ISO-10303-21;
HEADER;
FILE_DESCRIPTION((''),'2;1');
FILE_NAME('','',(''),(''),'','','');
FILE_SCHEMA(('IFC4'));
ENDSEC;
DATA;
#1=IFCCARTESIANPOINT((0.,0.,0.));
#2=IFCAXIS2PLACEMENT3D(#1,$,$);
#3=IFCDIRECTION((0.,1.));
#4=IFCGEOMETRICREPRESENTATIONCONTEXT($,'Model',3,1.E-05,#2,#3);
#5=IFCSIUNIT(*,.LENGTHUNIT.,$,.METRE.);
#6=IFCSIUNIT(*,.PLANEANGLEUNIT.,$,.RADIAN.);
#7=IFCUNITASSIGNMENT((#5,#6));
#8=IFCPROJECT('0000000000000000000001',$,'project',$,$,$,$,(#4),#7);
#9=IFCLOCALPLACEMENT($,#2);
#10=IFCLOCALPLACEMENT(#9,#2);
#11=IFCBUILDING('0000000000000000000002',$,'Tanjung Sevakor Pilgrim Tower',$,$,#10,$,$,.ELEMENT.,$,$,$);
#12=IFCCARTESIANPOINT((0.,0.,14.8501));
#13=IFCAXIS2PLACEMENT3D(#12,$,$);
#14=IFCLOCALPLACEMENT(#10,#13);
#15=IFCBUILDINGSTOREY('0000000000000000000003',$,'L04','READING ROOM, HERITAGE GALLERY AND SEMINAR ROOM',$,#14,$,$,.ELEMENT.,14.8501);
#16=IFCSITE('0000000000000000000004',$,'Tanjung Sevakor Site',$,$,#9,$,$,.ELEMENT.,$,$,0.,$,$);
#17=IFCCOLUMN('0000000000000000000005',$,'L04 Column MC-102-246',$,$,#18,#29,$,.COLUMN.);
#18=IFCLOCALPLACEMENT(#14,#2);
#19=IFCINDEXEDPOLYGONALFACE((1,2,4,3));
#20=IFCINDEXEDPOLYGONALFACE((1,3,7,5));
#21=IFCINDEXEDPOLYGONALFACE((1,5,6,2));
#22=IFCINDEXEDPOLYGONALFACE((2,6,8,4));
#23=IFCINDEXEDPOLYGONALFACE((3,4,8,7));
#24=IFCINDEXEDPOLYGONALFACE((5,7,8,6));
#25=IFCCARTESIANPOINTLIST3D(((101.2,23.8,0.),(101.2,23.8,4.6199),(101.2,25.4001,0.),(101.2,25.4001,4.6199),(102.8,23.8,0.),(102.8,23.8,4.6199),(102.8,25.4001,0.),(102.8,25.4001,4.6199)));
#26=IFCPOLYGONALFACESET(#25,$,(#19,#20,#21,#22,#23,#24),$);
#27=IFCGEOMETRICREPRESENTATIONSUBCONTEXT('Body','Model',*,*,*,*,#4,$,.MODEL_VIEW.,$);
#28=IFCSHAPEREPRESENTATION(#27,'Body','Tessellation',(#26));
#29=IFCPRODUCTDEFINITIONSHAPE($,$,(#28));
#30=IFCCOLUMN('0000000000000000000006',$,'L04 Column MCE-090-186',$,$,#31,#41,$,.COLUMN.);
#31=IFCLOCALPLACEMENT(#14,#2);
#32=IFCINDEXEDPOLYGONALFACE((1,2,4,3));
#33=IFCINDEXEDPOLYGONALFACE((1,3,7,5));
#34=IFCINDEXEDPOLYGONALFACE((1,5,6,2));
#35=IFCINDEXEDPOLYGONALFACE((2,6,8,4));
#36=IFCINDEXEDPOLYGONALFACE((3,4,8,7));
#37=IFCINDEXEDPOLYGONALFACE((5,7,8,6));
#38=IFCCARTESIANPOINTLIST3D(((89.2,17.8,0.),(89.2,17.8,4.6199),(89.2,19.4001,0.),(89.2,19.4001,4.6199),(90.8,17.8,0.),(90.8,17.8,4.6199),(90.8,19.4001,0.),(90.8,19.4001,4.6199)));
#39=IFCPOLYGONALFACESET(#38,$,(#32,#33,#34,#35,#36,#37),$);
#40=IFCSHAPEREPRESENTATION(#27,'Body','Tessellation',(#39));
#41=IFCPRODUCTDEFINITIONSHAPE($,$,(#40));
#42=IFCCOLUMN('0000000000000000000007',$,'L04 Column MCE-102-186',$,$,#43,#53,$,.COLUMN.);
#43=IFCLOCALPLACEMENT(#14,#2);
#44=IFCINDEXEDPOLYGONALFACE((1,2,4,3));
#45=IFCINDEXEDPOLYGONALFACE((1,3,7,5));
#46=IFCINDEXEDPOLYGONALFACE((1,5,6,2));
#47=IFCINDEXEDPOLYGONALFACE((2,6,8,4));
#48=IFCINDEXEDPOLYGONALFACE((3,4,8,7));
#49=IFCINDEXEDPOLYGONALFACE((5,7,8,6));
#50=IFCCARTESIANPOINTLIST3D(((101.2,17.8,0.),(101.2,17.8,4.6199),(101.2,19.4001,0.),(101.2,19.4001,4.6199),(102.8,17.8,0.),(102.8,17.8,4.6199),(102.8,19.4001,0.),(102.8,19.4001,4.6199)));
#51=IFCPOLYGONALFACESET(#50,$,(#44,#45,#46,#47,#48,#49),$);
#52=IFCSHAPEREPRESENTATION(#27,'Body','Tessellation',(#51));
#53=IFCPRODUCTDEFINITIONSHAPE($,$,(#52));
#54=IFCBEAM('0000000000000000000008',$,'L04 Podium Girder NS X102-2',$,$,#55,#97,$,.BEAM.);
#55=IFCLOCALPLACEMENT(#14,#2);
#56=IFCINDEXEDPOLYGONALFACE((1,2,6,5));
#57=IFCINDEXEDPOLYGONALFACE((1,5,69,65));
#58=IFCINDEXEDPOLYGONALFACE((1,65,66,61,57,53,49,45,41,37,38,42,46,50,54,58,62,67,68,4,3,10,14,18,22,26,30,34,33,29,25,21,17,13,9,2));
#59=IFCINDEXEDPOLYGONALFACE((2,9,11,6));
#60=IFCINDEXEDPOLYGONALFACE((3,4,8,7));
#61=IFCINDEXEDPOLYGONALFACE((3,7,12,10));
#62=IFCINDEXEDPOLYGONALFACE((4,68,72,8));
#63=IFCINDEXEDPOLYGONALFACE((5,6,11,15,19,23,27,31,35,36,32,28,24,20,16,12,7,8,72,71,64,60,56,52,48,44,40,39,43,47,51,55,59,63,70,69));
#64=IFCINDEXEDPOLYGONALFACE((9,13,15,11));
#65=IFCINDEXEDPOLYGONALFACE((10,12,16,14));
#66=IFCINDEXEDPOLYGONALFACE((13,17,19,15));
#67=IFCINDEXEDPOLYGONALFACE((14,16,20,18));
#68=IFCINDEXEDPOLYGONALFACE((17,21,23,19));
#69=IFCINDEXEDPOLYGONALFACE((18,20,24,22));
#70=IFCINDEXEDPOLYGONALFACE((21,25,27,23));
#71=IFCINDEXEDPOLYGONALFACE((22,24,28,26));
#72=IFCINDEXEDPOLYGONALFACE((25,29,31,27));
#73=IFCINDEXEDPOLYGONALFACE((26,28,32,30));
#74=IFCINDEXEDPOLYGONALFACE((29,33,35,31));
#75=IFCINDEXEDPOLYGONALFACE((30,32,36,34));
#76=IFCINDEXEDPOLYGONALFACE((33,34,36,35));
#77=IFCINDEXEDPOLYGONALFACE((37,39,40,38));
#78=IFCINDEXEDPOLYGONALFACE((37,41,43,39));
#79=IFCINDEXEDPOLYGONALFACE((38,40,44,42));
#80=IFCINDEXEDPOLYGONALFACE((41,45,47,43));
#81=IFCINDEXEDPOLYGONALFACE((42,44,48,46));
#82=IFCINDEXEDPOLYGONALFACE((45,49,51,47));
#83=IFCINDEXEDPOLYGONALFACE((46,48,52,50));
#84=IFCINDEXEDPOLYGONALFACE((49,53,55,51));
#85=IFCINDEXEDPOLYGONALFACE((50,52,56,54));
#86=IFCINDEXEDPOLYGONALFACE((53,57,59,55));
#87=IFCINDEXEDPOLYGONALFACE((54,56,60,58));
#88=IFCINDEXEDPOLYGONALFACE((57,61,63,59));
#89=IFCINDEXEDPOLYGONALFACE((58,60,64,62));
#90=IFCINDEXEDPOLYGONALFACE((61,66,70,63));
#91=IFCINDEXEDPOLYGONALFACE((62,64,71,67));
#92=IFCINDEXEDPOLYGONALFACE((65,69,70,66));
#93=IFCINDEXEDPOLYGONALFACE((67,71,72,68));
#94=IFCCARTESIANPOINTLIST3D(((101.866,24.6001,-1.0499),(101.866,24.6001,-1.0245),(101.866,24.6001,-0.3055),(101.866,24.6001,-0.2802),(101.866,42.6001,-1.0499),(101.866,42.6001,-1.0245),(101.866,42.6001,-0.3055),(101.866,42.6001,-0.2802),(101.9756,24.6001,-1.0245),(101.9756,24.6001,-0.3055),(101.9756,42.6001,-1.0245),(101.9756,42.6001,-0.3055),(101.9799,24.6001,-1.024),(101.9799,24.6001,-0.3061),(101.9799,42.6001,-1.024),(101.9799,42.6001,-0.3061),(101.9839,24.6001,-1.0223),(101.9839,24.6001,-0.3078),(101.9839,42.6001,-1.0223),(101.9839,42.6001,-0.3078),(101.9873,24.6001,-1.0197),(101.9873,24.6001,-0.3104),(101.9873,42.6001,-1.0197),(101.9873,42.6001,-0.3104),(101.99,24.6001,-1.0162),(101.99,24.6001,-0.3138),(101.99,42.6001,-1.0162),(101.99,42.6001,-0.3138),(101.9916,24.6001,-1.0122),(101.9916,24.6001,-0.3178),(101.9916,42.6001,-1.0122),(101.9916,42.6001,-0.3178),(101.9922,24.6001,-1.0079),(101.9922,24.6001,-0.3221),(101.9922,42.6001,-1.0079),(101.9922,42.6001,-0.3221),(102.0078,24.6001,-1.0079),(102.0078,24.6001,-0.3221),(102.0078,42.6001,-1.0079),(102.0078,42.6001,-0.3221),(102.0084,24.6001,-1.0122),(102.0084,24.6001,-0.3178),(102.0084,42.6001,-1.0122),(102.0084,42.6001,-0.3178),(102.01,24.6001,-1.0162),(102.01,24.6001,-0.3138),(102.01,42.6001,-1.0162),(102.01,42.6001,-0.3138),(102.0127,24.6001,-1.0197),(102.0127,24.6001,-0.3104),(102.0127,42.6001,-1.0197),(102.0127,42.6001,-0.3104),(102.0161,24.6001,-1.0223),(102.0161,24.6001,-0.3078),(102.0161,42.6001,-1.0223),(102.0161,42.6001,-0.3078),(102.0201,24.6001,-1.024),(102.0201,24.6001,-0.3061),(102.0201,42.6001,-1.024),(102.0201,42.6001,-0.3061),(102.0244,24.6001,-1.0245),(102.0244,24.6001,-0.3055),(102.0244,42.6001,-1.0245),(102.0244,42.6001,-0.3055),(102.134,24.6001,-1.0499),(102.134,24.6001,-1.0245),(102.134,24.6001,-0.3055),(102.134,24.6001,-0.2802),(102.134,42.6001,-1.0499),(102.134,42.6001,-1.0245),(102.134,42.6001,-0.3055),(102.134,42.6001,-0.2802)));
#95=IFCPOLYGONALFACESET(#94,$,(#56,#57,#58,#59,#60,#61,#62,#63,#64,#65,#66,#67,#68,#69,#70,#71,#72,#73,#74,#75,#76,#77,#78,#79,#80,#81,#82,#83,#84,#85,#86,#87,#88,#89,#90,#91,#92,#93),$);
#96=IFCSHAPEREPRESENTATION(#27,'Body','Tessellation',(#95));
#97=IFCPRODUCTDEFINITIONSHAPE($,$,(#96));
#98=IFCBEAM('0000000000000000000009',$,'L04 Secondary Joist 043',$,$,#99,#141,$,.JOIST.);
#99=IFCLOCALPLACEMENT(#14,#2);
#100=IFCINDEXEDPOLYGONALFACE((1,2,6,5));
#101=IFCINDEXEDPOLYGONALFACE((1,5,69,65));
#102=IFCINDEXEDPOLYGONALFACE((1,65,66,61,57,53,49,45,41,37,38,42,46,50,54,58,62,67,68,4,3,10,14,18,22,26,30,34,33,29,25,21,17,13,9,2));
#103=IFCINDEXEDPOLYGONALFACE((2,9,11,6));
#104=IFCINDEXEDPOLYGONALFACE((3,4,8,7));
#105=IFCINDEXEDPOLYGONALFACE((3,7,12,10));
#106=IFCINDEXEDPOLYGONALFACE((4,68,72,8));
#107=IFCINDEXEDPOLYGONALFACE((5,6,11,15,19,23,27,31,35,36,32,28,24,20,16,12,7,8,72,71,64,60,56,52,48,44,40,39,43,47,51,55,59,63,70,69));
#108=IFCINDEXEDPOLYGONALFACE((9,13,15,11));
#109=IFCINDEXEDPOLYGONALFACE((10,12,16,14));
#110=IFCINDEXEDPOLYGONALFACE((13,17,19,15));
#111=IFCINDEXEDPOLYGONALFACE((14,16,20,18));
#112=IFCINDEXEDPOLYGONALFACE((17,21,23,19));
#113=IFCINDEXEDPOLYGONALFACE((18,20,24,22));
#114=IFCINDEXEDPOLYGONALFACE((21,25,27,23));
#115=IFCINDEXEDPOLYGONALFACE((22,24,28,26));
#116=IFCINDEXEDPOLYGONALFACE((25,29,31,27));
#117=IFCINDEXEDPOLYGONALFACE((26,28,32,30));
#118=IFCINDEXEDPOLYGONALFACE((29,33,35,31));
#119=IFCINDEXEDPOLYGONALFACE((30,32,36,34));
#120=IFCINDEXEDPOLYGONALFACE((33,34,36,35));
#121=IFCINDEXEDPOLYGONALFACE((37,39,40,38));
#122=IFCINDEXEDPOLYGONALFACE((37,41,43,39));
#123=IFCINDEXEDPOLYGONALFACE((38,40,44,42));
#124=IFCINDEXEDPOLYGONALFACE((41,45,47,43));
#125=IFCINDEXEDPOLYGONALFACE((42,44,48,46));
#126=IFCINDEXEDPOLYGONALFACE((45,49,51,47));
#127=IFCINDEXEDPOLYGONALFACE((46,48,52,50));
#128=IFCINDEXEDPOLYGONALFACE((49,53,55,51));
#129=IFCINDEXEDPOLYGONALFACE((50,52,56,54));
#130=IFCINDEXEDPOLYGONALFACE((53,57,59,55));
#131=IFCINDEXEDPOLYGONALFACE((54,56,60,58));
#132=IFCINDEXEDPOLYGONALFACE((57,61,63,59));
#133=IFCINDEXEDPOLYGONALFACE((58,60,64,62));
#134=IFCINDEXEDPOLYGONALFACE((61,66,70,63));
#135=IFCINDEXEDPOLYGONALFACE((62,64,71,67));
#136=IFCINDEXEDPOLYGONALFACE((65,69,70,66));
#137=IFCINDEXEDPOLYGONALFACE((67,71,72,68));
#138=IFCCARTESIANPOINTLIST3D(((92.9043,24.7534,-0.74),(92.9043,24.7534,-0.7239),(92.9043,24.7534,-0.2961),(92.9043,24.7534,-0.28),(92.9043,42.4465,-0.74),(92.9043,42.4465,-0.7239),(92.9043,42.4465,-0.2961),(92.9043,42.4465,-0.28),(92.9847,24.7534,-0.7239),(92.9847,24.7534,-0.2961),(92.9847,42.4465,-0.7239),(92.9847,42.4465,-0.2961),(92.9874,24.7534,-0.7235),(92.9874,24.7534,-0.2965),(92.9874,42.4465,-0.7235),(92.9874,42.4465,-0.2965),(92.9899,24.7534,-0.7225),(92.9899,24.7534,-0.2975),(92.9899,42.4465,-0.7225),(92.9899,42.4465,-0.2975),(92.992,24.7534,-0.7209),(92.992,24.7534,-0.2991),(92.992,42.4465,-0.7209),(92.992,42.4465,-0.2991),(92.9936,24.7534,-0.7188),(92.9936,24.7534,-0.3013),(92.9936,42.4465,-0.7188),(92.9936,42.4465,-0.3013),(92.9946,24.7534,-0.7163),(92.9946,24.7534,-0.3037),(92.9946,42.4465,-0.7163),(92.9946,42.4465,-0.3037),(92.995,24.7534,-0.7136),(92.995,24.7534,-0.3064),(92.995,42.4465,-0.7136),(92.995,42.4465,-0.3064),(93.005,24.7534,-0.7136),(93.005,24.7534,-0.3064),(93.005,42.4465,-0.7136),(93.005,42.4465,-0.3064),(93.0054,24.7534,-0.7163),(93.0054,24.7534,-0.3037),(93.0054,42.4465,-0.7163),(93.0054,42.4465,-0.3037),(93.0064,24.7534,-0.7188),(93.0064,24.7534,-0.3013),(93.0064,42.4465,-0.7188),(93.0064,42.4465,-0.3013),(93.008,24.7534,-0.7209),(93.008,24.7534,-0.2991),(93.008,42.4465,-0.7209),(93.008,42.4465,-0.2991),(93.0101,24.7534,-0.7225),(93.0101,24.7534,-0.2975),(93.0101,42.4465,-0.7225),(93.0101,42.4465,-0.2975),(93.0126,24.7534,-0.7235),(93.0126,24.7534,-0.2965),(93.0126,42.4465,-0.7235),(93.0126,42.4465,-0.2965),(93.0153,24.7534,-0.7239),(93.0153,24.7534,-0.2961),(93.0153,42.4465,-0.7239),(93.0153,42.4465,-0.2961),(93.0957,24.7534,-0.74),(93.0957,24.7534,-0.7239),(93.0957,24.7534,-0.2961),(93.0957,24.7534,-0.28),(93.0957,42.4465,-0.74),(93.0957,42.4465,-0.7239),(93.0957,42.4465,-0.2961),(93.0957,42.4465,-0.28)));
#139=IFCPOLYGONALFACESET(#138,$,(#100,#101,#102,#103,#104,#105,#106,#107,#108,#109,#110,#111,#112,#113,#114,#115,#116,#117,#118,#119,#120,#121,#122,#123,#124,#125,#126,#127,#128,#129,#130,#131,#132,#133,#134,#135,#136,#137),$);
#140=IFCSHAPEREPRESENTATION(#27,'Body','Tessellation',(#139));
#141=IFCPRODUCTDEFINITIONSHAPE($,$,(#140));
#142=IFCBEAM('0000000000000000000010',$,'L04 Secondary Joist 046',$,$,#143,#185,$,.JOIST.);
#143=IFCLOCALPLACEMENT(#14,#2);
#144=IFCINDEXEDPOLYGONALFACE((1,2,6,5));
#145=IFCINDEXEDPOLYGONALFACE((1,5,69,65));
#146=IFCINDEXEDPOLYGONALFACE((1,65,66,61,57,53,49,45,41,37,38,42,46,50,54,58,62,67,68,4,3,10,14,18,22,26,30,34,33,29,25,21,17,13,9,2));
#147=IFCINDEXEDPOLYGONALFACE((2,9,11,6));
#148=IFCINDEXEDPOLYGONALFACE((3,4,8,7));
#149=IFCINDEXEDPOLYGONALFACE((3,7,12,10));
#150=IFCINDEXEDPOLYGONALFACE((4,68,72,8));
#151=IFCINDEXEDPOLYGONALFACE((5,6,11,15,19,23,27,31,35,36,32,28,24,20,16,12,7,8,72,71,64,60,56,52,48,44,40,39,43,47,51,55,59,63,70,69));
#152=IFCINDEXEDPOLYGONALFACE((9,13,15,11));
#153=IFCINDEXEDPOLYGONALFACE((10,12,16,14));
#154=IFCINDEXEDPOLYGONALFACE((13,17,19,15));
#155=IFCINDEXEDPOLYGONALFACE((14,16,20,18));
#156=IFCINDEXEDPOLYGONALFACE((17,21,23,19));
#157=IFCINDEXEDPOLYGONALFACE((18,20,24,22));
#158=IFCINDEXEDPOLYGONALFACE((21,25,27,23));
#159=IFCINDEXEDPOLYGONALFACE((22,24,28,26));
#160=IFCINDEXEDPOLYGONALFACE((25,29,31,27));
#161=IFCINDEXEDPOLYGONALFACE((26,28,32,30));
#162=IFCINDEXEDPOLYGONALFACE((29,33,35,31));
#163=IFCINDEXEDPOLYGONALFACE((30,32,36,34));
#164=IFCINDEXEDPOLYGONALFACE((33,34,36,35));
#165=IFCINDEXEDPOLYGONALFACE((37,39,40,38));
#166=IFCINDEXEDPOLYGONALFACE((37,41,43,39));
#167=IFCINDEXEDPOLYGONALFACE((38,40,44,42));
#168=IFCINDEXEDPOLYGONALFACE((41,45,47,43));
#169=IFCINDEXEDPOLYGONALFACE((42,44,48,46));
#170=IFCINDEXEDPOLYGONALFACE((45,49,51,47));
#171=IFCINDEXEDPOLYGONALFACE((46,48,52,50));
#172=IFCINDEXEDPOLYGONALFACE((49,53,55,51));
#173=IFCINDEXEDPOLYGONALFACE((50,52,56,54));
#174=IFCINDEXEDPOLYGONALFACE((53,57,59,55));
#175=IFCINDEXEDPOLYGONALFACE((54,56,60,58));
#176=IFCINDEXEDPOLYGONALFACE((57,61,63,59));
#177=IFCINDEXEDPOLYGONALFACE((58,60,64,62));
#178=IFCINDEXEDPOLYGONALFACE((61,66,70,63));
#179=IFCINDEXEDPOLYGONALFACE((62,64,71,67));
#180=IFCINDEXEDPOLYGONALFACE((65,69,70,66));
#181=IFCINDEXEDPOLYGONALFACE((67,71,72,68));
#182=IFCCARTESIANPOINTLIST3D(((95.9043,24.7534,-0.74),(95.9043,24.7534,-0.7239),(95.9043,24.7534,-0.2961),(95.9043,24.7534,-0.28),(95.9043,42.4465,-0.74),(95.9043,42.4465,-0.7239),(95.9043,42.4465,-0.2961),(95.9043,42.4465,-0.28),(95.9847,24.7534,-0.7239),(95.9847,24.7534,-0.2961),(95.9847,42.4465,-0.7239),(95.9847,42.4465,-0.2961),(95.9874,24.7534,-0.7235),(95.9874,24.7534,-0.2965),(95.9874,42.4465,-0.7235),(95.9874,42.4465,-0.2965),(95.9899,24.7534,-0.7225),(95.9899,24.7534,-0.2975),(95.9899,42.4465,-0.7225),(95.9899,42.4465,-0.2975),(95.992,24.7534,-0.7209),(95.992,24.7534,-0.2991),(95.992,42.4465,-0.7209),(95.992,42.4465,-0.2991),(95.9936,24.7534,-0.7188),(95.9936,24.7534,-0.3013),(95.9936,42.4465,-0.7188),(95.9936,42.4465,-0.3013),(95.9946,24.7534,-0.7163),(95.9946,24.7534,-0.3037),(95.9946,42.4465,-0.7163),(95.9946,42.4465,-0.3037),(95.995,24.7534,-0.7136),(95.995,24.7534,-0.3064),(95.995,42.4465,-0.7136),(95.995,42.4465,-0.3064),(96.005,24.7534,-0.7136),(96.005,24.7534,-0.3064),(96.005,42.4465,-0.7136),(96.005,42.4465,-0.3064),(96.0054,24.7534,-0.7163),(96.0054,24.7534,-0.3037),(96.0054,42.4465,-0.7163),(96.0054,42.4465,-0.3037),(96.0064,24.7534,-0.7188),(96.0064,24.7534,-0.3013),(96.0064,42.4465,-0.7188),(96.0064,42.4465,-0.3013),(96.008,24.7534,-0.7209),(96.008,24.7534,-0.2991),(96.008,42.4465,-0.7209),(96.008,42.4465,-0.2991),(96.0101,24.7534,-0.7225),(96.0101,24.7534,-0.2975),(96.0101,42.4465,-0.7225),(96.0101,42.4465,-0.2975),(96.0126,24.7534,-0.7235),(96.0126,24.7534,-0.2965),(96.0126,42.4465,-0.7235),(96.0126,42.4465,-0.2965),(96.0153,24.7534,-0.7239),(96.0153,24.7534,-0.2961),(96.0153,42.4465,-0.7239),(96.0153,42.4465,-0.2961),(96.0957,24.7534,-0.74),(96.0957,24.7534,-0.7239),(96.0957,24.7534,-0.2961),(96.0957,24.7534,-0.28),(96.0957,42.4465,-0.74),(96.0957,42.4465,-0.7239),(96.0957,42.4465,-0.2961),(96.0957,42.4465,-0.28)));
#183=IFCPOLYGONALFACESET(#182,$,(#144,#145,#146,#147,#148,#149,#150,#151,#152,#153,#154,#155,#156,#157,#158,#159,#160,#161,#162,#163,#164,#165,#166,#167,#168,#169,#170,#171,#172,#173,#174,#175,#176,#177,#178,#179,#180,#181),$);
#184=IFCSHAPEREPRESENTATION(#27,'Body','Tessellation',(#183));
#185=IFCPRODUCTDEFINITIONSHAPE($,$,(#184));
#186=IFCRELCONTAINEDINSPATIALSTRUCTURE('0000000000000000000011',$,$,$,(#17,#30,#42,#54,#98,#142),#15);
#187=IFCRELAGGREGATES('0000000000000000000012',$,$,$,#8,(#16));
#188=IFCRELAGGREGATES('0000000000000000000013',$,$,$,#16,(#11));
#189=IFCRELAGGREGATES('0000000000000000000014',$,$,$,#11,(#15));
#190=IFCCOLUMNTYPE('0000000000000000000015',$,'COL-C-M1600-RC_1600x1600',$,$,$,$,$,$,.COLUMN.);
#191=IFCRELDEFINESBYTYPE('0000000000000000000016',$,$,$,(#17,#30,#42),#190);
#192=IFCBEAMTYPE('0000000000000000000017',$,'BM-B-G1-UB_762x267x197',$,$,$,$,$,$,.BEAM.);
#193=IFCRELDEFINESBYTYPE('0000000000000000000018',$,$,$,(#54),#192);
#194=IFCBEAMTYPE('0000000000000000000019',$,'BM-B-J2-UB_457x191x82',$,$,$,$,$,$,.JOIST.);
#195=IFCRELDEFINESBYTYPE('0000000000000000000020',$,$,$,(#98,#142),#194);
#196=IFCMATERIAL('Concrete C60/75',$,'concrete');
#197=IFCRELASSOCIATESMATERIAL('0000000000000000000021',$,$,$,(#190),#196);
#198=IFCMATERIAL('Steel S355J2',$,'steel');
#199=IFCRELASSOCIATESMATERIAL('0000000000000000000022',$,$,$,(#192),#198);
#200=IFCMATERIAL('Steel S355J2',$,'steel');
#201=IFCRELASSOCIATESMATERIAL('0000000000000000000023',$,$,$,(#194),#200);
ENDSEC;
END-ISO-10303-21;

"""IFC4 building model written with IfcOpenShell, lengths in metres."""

from ifc_helpers import new_model, si_unit, direction, frame, origin, origin_2d, place, context, subcontext, project, spatial, rectangle, i_section, extrude, material, material_profile, profile_set, type_object, element, save


model = new_model("IFC4")

# Units and contexts
model_context = context("Model", 3, precision=1e-05, world=origin(), true_north=direction((0.0, 1.0)))
body_context = subcontext(model_context, "Body", "Model", "MODEL_VIEW")
ifc_project = project(units=[si_unit("LENGTHUNIT", "METRE"), si_unit("PLANEANGLEUNIT", "RADIAN")], contexts=[model_context])

# Site, building, storey
site_placement = place(None, origin())
site = spatial("IfcSite", under=ifc_project, at=site_placement, Name="Tanjung Sevakor Site", CompositionType="ELEMENT", RefElevation=0.0)
building_placement = place(site_placement, origin())
building = spatial("IfcBuilding", under=site, at=building_placement, Name="Tanjung Sevakor Pilgrim Tower", CompositionType="ELEMENT")
storey_placement = place(building_placement, frame((0.0, 0.0, 14.8501)))
storey = spatial("IfcBuildingStorey", under=building, at=storey_placement, Name="L04", Description="READING ROOM, HERITAGE GALLERY AND SEMINAR ROOM", CompositionType="ELEMENT", Elevation=14.8501)

# Columns
ifc_material_1 = material(Name="Concrete C60/75", Category="concrete")
ifc_material_profile_1 = material_profile(ifc_material_1, rectangle(XDim=1.6001, YDim=1.6001, at=origin_2d()))
ifc_profile_set_1 = profile_set([ifc_material_profile_1], Name="Concrete C60/75")
column_type = type_object("IfcColumnType", Name="COL-C-M1600-RC_1600x1600", PredefinedType="COLUMN", material=ifc_profile_set_1)
for number, where, z_axis, x_axis, name in (
    (1, (102.0, 24.6001, 0.0), (0.0, 0.0, 1.0), (1.0, 0.0, 0.0), "L04 Column MC-102-246"),
    (2, (90.0, 18.6001, 0.0), (0.0, 0.0, 1.0), (1.0, 0.0, 0.0), "L04 Column MCE-090-186"),
    (3, (102.0, 18.6001, 0.0), (0.0, 0.0, 1.0), (1.0, 0.0, 0.0), "L04 Column MCE-102-186"),
):
    element("IfcColumn", number, at=place(storey_placement, frame(where, z_axis=z_axis, x_axis=x_axis)), inside=storey, type_object=column_type, Name=name, PredefinedType="COLUMN", context=body_context, shape_type="SweptSolid", body=[
        extrude(rectangle(XDim=1.6001, YDim=1.6001, at=origin_2d()), origin(), (0.0, 0.0, 1.0), 4.6199),
    ])

# Beams
ifc_material_2 = material(Name="Steel S355J2", Category="steel")
ifc_material_profile_2 = material_profile(ifc_material_2, i_section(OverallWidth=0.2681, OverallDepth=0.7698, WebThickness=0.0156, FlangeThickness=0.0254, FilletRadius=0.0166, at=origin_2d()))
ifc_profile_set_2 = profile_set([ifc_material_profile_2], Name="Steel S355J2")
beam_type_1 = type_object("IfcBeamType", Name="BM-B-G1-UB_762x267x197", PredefinedType="BEAM", material=ifc_profile_set_2)
beam_1_placement = place(storey_placement, frame((102.0, 24.6001, -0.665), z_axis=(0.0, 1.0, 0.0), x_axis=(-1.0, 0.0, 0.0)))
element("IfcBeam", 4, at=beam_1_placement, inside=storey, type_object=beam_type_1, Name="L04 Podium Girder NS X102-2", PredefinedType="BEAM", context=body_context, shape_type="SweptSolid", body=[
    extrude(i_section(OverallWidth=0.2681, OverallDepth=0.7698, WebThickness=0.0156, FlangeThickness=0.0254, FilletRadius=0.0166, at=origin_2d()), origin(), (0.0, 0.0, 1.0), 18.0),
])
ifc_material_3 = material(Name="Steel S355J2", Category="steel")
ifc_material_profile_3 = material_profile(ifc_material_3, i_section(OverallWidth=0.1914, OverallDepth=0.46, WebThickness=0.01, FlangeThickness=0.0161, FilletRadius=0.0103, at=origin_2d()))
ifc_profile_set_3 = profile_set([ifc_material_profile_3], Name="Steel S355J2")
beam_type_2 = type_object("IfcBeamType", Name="BM-B-J2-UB_457x191x82", PredefinedType="JOIST", material=ifc_profile_set_3)
for number, where, z_axis, x_axis, name in (
    (5, (93.0, 24.7534, -0.51), (0.0, 1.0, 0.0), (-1.0, 0.0, 0.0), "L04 Secondary Joist 043"),
    (6, (96.0, 24.7534, -0.51), (0.0, 1.0, 0.0), (-1.0, 0.0, 0.0), "L04 Secondary Joist 046"),
):
    element("IfcBeam", number, at=place(storey_placement, frame(where, z_axis=z_axis, x_axis=x_axis)), inside=storey, type_object=beam_type_2, Name=name, PredefinedType="JOIST", context=body_context, shape_type="SweptSolid", body=[
        extrude(i_section(OverallWidth=0.1914, OverallDepth=0.46, WebThickness=0.01, FlangeThickness=0.0161, FilletRadius=0.0103, at=origin_2d()), origin(), (0.0, 0.0, 1.0), 17.6931),
    ])

save(model, "model.ifc")
